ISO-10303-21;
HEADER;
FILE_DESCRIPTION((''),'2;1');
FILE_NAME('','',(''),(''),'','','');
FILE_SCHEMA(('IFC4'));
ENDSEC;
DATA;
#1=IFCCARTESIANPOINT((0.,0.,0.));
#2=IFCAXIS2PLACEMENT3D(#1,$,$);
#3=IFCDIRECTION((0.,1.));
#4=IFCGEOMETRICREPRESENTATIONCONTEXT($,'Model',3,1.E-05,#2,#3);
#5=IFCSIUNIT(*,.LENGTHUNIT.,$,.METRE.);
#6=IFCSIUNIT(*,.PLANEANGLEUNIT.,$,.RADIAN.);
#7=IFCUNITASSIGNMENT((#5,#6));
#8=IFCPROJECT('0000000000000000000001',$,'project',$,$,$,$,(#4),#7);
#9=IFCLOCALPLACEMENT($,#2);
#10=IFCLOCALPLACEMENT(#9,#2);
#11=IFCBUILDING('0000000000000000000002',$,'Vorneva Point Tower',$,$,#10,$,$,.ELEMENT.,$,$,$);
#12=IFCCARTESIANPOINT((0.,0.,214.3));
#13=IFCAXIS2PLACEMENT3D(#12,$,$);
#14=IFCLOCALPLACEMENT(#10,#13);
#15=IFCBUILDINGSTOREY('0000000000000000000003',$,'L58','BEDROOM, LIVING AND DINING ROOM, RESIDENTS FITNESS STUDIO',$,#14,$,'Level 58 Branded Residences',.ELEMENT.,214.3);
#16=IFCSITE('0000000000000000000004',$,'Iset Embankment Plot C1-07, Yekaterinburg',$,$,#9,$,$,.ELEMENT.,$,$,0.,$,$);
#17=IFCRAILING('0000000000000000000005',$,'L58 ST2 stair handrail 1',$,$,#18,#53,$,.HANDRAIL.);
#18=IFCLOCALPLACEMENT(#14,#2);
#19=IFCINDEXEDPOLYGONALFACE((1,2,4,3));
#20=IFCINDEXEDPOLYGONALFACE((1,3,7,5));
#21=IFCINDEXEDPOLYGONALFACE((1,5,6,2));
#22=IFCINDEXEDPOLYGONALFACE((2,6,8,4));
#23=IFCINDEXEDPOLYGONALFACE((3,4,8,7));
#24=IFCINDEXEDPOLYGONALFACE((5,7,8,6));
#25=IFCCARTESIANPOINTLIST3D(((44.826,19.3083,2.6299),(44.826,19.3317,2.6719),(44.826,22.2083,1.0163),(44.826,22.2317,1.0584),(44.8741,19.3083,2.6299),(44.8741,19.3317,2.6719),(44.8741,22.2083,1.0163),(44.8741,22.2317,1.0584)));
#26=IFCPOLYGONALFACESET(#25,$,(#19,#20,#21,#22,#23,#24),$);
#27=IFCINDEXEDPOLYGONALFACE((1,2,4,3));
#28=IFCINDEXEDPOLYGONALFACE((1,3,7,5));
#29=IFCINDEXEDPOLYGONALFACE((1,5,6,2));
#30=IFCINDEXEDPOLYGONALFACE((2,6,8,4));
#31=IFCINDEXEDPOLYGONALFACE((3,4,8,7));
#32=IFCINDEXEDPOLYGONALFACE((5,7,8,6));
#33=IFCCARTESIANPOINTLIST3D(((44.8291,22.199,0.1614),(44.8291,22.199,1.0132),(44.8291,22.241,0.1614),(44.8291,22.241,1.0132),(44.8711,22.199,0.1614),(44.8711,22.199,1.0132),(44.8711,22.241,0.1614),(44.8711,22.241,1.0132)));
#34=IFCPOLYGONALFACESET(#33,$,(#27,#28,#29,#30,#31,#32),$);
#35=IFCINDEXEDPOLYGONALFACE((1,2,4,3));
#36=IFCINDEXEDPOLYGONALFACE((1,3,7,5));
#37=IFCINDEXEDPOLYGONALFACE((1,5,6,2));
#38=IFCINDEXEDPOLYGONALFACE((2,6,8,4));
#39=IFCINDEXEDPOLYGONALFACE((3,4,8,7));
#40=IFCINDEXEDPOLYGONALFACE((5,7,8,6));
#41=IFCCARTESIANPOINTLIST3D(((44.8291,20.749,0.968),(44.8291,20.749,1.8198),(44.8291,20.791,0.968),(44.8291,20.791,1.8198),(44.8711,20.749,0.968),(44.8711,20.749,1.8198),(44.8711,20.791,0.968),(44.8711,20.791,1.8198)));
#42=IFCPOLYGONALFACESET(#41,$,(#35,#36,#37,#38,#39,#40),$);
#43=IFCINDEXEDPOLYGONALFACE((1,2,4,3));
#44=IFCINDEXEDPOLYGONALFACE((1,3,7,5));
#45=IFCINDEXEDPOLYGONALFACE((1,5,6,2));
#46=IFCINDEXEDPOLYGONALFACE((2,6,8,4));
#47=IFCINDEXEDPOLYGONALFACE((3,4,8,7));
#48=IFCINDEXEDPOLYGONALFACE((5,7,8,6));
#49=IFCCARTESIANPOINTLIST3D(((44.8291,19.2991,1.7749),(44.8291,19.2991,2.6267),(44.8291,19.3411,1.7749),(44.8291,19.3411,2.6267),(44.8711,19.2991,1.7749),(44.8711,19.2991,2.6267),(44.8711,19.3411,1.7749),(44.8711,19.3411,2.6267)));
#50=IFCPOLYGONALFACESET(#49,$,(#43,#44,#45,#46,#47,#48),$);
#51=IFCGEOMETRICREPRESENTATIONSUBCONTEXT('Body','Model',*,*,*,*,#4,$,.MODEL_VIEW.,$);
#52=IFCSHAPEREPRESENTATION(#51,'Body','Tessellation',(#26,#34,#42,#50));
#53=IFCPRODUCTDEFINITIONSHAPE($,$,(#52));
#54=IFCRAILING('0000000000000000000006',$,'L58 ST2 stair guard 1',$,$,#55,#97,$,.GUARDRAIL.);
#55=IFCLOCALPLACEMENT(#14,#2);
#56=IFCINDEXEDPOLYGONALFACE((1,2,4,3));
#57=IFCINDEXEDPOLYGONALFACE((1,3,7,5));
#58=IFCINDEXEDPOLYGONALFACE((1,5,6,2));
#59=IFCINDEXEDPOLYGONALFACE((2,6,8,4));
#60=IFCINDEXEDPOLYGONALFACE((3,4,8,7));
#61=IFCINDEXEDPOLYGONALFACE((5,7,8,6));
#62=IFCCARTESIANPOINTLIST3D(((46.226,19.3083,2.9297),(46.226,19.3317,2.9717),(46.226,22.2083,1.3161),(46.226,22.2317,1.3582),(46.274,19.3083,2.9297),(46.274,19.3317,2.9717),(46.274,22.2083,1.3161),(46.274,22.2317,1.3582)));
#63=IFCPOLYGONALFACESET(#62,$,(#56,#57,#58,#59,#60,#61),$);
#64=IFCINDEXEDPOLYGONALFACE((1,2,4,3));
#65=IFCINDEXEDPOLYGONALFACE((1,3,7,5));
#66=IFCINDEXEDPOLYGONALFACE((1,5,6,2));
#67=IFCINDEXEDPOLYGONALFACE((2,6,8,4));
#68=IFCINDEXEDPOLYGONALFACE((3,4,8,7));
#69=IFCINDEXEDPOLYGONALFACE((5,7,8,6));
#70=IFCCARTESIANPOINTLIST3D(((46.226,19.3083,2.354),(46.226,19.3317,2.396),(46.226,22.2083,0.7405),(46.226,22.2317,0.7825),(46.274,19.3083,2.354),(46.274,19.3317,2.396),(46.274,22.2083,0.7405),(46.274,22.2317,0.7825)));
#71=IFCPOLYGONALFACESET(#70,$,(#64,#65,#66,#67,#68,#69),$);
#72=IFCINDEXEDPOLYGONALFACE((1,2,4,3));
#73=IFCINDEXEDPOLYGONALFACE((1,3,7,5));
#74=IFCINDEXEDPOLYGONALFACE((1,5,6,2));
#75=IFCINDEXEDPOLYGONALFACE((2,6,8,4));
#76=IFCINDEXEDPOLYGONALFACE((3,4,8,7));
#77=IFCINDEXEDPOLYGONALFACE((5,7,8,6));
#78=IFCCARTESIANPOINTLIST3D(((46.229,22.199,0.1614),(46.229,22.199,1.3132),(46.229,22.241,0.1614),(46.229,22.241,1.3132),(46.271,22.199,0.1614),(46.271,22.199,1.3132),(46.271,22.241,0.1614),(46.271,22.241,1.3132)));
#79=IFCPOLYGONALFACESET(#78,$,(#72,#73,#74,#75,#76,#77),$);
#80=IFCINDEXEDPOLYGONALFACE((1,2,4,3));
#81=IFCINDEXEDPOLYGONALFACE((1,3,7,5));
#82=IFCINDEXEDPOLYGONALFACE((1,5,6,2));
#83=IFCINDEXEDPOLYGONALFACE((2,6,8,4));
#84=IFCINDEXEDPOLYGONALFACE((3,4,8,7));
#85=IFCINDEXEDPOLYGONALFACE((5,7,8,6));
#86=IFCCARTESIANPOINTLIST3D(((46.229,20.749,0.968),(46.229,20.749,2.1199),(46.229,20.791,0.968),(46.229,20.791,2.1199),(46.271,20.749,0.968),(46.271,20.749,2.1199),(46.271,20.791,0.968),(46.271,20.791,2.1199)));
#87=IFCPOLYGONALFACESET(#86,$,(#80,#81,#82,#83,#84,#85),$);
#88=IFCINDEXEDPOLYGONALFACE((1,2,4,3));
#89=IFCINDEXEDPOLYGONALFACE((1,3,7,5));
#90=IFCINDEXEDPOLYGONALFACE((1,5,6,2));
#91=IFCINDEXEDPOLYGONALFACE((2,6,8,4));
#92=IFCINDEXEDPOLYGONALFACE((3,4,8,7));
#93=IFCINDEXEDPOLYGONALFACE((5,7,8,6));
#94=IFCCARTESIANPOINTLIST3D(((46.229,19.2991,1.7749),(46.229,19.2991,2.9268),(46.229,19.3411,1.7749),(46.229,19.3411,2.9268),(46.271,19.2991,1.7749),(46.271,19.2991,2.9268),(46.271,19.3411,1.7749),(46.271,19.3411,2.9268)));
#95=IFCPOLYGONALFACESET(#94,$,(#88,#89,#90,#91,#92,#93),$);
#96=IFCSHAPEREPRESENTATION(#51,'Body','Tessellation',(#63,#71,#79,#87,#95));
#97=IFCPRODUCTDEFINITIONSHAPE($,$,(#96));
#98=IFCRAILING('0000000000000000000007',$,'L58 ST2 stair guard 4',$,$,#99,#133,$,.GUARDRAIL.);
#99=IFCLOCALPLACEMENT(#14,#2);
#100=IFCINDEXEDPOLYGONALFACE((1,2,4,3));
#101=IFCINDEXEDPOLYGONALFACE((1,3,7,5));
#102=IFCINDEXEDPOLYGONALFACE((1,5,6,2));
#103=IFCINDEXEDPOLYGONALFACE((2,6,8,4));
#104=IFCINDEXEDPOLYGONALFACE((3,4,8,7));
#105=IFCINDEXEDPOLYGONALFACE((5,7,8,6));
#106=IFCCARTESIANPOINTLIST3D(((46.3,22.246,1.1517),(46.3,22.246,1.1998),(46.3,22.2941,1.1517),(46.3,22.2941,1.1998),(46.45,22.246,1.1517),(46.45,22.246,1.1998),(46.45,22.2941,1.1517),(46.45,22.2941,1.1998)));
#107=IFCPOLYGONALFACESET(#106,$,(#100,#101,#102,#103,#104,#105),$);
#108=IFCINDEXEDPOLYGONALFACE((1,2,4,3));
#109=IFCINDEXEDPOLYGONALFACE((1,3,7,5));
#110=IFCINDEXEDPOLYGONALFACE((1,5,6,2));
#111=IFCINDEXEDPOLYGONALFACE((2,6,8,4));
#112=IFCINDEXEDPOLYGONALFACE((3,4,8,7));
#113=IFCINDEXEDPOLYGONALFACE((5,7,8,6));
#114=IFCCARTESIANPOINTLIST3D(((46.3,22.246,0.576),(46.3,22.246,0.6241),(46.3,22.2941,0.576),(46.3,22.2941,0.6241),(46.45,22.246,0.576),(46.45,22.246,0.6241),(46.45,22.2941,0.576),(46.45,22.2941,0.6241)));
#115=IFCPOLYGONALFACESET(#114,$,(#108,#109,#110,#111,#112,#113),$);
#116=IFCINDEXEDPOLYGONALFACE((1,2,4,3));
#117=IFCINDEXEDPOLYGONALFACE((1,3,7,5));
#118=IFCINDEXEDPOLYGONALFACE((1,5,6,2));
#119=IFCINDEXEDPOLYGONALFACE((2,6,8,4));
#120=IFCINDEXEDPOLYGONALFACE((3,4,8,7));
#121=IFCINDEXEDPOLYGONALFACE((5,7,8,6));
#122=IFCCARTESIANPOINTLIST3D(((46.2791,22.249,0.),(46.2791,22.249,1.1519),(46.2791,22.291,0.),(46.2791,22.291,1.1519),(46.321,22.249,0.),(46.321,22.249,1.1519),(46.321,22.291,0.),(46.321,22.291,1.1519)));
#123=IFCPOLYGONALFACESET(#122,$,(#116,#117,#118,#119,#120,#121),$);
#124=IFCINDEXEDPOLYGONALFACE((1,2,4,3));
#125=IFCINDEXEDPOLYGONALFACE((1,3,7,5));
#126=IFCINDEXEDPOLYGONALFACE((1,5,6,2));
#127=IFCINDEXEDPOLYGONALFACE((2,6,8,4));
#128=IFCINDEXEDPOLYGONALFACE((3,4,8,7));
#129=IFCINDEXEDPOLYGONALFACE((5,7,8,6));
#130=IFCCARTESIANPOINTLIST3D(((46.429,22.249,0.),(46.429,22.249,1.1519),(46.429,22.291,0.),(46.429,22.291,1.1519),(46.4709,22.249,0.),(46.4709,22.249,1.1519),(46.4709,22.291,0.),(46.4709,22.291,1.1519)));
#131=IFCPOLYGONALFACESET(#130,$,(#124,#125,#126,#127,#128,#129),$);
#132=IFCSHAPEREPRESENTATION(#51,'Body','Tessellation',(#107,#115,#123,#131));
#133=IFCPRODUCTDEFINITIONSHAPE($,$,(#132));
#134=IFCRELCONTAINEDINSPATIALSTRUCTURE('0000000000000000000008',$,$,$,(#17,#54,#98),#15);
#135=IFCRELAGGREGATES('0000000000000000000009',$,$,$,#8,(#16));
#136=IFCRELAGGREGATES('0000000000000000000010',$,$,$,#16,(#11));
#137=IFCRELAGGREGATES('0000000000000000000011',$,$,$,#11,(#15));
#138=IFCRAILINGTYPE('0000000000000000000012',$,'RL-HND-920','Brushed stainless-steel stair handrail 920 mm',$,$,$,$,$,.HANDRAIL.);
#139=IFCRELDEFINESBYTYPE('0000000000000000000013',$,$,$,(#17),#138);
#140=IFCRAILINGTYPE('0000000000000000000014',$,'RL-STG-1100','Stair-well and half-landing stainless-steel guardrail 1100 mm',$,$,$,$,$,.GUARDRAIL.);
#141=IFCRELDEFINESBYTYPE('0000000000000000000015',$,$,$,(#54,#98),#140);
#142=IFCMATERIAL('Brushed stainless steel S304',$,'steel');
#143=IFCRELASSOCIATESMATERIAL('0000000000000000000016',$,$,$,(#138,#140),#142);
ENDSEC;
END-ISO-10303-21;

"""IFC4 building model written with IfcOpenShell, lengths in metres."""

from ifc_helpers import new_model, si_unit, direction, frame, origin, origin_2d, place, context, subcontext, project, spatial, rectangle, extrude, material, type_object, element, save


model = new_model("IFC4")

# Units and contexts
model_context = context("Model", 3, precision=1e-05, world=origin(), true_north=direction((0.0, 1.0)))
body_context = subcontext(model_context, "Body", "Model", "MODEL_VIEW")
ifc_project = project(units=[si_unit("LENGTHUNIT", "METRE"), si_unit("PLANEANGLEUNIT", "RADIAN")], contexts=[model_context])

# Site, building, storey
site_placement = place(None, origin())
site = spatial("IfcSite", under=ifc_project, at=site_placement, Name="Iset Embankment Plot C1-07, Yekaterinburg", CompositionType="ELEMENT", RefElevation=0.0)
building_placement = place(site_placement, origin())
building = spatial("IfcBuilding", under=site, at=building_placement, Name="Vorneva Point Tower", CompositionType="ELEMENT")
storey_placement = place(building_placement, frame((0.0, 0.0, 214.3)))
storey = spatial("IfcBuildingStorey", under=building, at=storey_placement, Name="L58", Description="BEDROOM, LIVING AND DINING ROOM, RESIDENTS FITNESS STUDIO", LongName="Level 58 Branded Residences", CompositionType="ELEMENT", Elevation=214.3)

# Shared definitions
ifc_material_1 = material(Name="Brushed stainless steel S304", Category="steel")

# Railings
railing_type_1 = type_object("IfcRailingType", Name="RL-HND-920", Description="Brushed stainless-steel stair handrail 920 mm", PredefinedType="HANDRAIL", material=ifc_material_1)
railing_1_placement = place(storey_placement, frame((44.8501, 22.22, 0.1614)))
element("IfcRailing", 1, at=railing_1_placement, inside=storey, type_object=railing_type_1, Name="L58 ST2 stair handrail 1", PredefinedType="HANDRAIL", context=body_context, shape_type="SweptSolid", body=[
    extrude(rectangle(XDim=0.0481, YDim=0.0481, at=origin_2d()), frame((0.0, 0.0, 0.876), z_axis=(0.0, -0.873841, 0.486211), x_axis=(1.0, 0.0, 0.0)), (0.0, 0.0, 1.0), 3.3186),
    extrude(rectangle(XDim=0.042, YDim=0.042, at=origin_2d()), origin(), (0.0, 0.0, 1.0), 0.8518),
    extrude(rectangle(XDim=0.042, YDim=0.042, at=origin_2d()), frame((0.0, -1.45, 0.8066)), (0.0, 0.0, 1.0), 0.8518),
    extrude(rectangle(XDim=0.042, YDim=0.042, at=origin_2d()), frame((0.0, -2.8999, 1.6135)), (0.0, 0.0, 1.0), 0.8518),
])
railing_type_2 = type_object("IfcRailingType", Name="RL-STG-1100", Description="Stair-well and half-landing stainless-steel guardrail 1100 mm", PredefinedType="GUARDRAIL", material=ifc_material_1)
railing_2_placement = place(storey_placement, frame((46.25, 22.22, 0.1614)))
element("IfcRailing", 2, at=railing_2_placement, inside=storey, type_object=railing_type_2, Name="L58 ST2 stair guard 1", PredefinedType="GUARDRAIL", context=body_context, shape_type="SweptSolid", body=[
    extrude(rectangle(XDim=0.0481, YDim=0.0481, at=origin_2d()), frame((0.0, 0.0, 1.1758), z_axis=(0.0, -0.873841, 0.486211), x_axis=(1.0, 0.0, 0.0)), (0.0, 0.0, 1.0), 3.3186),
    extrude(rectangle(XDim=0.0481, YDim=0.0481, at=origin_2d()), frame((0.0, 0.0, 0.6001), z_axis=(0.0, -0.873841, 0.486211), x_axis=(1.0, 0.0, 0.0)), (0.0, 0.0, 1.0), 3.3186),
    extrude(rectangle(XDim=0.042, YDim=0.042, at=origin_2d()), origin(), (0.0, 0.0, 1.0), 1.1519),
    extrude(rectangle(XDim=0.042, YDim=0.042, at=origin_2d()), frame((0.0, -1.45, 0.8066)), (0.0, 0.0, 1.0), 1.1519),
    extrude(rectangle(XDim=0.042, YDim=0.042, at=origin_2d()), frame((0.0, -2.8999, 1.6135)), (0.0, 0.0, 1.0), 1.1519),
])
railing_3_placement = place(storey_placement, frame((46.3, 22.27, 0.0)))
element("IfcRailing", 3, at=railing_3_placement, inside=storey, type_object=railing_type_2, Name="L58 ST2 stair guard 4", PredefinedType="GUARDRAIL", context=body_context, shape_type="SweptSolid", body=[
    extrude(rectangle(XDim=0.0481, YDim=0.0481, at=origin_2d()), frame((0.0, 0.0, 1.1758), z_axis=(1.0, 0.0, 0.0), x_axis=(0.0, 1.0, 0.0)), (0.0, 0.0, 1.0), 0.1499),
    extrude(rectangle(XDim=0.0481, YDim=0.0481, at=origin_2d()), frame((0.0, 0.0, 0.6001), z_axis=(1.0, 0.0, 0.0), x_axis=(0.0, 1.0, 0.0)), (0.0, 0.0, 1.0), 0.1499),
    extrude(rectangle(XDim=0.042, YDim=0.042, at=origin_2d()), origin(), (0.0, 0.0, 1.0), 1.1519),
    extrude(rectangle(XDim=0.042, YDim=0.042, at=origin_2d()), frame((0.1499, 0.0, 0.0)), (0.0, 0.0, 1.0), 1.1519),
])

save(model, "model.ifc")
